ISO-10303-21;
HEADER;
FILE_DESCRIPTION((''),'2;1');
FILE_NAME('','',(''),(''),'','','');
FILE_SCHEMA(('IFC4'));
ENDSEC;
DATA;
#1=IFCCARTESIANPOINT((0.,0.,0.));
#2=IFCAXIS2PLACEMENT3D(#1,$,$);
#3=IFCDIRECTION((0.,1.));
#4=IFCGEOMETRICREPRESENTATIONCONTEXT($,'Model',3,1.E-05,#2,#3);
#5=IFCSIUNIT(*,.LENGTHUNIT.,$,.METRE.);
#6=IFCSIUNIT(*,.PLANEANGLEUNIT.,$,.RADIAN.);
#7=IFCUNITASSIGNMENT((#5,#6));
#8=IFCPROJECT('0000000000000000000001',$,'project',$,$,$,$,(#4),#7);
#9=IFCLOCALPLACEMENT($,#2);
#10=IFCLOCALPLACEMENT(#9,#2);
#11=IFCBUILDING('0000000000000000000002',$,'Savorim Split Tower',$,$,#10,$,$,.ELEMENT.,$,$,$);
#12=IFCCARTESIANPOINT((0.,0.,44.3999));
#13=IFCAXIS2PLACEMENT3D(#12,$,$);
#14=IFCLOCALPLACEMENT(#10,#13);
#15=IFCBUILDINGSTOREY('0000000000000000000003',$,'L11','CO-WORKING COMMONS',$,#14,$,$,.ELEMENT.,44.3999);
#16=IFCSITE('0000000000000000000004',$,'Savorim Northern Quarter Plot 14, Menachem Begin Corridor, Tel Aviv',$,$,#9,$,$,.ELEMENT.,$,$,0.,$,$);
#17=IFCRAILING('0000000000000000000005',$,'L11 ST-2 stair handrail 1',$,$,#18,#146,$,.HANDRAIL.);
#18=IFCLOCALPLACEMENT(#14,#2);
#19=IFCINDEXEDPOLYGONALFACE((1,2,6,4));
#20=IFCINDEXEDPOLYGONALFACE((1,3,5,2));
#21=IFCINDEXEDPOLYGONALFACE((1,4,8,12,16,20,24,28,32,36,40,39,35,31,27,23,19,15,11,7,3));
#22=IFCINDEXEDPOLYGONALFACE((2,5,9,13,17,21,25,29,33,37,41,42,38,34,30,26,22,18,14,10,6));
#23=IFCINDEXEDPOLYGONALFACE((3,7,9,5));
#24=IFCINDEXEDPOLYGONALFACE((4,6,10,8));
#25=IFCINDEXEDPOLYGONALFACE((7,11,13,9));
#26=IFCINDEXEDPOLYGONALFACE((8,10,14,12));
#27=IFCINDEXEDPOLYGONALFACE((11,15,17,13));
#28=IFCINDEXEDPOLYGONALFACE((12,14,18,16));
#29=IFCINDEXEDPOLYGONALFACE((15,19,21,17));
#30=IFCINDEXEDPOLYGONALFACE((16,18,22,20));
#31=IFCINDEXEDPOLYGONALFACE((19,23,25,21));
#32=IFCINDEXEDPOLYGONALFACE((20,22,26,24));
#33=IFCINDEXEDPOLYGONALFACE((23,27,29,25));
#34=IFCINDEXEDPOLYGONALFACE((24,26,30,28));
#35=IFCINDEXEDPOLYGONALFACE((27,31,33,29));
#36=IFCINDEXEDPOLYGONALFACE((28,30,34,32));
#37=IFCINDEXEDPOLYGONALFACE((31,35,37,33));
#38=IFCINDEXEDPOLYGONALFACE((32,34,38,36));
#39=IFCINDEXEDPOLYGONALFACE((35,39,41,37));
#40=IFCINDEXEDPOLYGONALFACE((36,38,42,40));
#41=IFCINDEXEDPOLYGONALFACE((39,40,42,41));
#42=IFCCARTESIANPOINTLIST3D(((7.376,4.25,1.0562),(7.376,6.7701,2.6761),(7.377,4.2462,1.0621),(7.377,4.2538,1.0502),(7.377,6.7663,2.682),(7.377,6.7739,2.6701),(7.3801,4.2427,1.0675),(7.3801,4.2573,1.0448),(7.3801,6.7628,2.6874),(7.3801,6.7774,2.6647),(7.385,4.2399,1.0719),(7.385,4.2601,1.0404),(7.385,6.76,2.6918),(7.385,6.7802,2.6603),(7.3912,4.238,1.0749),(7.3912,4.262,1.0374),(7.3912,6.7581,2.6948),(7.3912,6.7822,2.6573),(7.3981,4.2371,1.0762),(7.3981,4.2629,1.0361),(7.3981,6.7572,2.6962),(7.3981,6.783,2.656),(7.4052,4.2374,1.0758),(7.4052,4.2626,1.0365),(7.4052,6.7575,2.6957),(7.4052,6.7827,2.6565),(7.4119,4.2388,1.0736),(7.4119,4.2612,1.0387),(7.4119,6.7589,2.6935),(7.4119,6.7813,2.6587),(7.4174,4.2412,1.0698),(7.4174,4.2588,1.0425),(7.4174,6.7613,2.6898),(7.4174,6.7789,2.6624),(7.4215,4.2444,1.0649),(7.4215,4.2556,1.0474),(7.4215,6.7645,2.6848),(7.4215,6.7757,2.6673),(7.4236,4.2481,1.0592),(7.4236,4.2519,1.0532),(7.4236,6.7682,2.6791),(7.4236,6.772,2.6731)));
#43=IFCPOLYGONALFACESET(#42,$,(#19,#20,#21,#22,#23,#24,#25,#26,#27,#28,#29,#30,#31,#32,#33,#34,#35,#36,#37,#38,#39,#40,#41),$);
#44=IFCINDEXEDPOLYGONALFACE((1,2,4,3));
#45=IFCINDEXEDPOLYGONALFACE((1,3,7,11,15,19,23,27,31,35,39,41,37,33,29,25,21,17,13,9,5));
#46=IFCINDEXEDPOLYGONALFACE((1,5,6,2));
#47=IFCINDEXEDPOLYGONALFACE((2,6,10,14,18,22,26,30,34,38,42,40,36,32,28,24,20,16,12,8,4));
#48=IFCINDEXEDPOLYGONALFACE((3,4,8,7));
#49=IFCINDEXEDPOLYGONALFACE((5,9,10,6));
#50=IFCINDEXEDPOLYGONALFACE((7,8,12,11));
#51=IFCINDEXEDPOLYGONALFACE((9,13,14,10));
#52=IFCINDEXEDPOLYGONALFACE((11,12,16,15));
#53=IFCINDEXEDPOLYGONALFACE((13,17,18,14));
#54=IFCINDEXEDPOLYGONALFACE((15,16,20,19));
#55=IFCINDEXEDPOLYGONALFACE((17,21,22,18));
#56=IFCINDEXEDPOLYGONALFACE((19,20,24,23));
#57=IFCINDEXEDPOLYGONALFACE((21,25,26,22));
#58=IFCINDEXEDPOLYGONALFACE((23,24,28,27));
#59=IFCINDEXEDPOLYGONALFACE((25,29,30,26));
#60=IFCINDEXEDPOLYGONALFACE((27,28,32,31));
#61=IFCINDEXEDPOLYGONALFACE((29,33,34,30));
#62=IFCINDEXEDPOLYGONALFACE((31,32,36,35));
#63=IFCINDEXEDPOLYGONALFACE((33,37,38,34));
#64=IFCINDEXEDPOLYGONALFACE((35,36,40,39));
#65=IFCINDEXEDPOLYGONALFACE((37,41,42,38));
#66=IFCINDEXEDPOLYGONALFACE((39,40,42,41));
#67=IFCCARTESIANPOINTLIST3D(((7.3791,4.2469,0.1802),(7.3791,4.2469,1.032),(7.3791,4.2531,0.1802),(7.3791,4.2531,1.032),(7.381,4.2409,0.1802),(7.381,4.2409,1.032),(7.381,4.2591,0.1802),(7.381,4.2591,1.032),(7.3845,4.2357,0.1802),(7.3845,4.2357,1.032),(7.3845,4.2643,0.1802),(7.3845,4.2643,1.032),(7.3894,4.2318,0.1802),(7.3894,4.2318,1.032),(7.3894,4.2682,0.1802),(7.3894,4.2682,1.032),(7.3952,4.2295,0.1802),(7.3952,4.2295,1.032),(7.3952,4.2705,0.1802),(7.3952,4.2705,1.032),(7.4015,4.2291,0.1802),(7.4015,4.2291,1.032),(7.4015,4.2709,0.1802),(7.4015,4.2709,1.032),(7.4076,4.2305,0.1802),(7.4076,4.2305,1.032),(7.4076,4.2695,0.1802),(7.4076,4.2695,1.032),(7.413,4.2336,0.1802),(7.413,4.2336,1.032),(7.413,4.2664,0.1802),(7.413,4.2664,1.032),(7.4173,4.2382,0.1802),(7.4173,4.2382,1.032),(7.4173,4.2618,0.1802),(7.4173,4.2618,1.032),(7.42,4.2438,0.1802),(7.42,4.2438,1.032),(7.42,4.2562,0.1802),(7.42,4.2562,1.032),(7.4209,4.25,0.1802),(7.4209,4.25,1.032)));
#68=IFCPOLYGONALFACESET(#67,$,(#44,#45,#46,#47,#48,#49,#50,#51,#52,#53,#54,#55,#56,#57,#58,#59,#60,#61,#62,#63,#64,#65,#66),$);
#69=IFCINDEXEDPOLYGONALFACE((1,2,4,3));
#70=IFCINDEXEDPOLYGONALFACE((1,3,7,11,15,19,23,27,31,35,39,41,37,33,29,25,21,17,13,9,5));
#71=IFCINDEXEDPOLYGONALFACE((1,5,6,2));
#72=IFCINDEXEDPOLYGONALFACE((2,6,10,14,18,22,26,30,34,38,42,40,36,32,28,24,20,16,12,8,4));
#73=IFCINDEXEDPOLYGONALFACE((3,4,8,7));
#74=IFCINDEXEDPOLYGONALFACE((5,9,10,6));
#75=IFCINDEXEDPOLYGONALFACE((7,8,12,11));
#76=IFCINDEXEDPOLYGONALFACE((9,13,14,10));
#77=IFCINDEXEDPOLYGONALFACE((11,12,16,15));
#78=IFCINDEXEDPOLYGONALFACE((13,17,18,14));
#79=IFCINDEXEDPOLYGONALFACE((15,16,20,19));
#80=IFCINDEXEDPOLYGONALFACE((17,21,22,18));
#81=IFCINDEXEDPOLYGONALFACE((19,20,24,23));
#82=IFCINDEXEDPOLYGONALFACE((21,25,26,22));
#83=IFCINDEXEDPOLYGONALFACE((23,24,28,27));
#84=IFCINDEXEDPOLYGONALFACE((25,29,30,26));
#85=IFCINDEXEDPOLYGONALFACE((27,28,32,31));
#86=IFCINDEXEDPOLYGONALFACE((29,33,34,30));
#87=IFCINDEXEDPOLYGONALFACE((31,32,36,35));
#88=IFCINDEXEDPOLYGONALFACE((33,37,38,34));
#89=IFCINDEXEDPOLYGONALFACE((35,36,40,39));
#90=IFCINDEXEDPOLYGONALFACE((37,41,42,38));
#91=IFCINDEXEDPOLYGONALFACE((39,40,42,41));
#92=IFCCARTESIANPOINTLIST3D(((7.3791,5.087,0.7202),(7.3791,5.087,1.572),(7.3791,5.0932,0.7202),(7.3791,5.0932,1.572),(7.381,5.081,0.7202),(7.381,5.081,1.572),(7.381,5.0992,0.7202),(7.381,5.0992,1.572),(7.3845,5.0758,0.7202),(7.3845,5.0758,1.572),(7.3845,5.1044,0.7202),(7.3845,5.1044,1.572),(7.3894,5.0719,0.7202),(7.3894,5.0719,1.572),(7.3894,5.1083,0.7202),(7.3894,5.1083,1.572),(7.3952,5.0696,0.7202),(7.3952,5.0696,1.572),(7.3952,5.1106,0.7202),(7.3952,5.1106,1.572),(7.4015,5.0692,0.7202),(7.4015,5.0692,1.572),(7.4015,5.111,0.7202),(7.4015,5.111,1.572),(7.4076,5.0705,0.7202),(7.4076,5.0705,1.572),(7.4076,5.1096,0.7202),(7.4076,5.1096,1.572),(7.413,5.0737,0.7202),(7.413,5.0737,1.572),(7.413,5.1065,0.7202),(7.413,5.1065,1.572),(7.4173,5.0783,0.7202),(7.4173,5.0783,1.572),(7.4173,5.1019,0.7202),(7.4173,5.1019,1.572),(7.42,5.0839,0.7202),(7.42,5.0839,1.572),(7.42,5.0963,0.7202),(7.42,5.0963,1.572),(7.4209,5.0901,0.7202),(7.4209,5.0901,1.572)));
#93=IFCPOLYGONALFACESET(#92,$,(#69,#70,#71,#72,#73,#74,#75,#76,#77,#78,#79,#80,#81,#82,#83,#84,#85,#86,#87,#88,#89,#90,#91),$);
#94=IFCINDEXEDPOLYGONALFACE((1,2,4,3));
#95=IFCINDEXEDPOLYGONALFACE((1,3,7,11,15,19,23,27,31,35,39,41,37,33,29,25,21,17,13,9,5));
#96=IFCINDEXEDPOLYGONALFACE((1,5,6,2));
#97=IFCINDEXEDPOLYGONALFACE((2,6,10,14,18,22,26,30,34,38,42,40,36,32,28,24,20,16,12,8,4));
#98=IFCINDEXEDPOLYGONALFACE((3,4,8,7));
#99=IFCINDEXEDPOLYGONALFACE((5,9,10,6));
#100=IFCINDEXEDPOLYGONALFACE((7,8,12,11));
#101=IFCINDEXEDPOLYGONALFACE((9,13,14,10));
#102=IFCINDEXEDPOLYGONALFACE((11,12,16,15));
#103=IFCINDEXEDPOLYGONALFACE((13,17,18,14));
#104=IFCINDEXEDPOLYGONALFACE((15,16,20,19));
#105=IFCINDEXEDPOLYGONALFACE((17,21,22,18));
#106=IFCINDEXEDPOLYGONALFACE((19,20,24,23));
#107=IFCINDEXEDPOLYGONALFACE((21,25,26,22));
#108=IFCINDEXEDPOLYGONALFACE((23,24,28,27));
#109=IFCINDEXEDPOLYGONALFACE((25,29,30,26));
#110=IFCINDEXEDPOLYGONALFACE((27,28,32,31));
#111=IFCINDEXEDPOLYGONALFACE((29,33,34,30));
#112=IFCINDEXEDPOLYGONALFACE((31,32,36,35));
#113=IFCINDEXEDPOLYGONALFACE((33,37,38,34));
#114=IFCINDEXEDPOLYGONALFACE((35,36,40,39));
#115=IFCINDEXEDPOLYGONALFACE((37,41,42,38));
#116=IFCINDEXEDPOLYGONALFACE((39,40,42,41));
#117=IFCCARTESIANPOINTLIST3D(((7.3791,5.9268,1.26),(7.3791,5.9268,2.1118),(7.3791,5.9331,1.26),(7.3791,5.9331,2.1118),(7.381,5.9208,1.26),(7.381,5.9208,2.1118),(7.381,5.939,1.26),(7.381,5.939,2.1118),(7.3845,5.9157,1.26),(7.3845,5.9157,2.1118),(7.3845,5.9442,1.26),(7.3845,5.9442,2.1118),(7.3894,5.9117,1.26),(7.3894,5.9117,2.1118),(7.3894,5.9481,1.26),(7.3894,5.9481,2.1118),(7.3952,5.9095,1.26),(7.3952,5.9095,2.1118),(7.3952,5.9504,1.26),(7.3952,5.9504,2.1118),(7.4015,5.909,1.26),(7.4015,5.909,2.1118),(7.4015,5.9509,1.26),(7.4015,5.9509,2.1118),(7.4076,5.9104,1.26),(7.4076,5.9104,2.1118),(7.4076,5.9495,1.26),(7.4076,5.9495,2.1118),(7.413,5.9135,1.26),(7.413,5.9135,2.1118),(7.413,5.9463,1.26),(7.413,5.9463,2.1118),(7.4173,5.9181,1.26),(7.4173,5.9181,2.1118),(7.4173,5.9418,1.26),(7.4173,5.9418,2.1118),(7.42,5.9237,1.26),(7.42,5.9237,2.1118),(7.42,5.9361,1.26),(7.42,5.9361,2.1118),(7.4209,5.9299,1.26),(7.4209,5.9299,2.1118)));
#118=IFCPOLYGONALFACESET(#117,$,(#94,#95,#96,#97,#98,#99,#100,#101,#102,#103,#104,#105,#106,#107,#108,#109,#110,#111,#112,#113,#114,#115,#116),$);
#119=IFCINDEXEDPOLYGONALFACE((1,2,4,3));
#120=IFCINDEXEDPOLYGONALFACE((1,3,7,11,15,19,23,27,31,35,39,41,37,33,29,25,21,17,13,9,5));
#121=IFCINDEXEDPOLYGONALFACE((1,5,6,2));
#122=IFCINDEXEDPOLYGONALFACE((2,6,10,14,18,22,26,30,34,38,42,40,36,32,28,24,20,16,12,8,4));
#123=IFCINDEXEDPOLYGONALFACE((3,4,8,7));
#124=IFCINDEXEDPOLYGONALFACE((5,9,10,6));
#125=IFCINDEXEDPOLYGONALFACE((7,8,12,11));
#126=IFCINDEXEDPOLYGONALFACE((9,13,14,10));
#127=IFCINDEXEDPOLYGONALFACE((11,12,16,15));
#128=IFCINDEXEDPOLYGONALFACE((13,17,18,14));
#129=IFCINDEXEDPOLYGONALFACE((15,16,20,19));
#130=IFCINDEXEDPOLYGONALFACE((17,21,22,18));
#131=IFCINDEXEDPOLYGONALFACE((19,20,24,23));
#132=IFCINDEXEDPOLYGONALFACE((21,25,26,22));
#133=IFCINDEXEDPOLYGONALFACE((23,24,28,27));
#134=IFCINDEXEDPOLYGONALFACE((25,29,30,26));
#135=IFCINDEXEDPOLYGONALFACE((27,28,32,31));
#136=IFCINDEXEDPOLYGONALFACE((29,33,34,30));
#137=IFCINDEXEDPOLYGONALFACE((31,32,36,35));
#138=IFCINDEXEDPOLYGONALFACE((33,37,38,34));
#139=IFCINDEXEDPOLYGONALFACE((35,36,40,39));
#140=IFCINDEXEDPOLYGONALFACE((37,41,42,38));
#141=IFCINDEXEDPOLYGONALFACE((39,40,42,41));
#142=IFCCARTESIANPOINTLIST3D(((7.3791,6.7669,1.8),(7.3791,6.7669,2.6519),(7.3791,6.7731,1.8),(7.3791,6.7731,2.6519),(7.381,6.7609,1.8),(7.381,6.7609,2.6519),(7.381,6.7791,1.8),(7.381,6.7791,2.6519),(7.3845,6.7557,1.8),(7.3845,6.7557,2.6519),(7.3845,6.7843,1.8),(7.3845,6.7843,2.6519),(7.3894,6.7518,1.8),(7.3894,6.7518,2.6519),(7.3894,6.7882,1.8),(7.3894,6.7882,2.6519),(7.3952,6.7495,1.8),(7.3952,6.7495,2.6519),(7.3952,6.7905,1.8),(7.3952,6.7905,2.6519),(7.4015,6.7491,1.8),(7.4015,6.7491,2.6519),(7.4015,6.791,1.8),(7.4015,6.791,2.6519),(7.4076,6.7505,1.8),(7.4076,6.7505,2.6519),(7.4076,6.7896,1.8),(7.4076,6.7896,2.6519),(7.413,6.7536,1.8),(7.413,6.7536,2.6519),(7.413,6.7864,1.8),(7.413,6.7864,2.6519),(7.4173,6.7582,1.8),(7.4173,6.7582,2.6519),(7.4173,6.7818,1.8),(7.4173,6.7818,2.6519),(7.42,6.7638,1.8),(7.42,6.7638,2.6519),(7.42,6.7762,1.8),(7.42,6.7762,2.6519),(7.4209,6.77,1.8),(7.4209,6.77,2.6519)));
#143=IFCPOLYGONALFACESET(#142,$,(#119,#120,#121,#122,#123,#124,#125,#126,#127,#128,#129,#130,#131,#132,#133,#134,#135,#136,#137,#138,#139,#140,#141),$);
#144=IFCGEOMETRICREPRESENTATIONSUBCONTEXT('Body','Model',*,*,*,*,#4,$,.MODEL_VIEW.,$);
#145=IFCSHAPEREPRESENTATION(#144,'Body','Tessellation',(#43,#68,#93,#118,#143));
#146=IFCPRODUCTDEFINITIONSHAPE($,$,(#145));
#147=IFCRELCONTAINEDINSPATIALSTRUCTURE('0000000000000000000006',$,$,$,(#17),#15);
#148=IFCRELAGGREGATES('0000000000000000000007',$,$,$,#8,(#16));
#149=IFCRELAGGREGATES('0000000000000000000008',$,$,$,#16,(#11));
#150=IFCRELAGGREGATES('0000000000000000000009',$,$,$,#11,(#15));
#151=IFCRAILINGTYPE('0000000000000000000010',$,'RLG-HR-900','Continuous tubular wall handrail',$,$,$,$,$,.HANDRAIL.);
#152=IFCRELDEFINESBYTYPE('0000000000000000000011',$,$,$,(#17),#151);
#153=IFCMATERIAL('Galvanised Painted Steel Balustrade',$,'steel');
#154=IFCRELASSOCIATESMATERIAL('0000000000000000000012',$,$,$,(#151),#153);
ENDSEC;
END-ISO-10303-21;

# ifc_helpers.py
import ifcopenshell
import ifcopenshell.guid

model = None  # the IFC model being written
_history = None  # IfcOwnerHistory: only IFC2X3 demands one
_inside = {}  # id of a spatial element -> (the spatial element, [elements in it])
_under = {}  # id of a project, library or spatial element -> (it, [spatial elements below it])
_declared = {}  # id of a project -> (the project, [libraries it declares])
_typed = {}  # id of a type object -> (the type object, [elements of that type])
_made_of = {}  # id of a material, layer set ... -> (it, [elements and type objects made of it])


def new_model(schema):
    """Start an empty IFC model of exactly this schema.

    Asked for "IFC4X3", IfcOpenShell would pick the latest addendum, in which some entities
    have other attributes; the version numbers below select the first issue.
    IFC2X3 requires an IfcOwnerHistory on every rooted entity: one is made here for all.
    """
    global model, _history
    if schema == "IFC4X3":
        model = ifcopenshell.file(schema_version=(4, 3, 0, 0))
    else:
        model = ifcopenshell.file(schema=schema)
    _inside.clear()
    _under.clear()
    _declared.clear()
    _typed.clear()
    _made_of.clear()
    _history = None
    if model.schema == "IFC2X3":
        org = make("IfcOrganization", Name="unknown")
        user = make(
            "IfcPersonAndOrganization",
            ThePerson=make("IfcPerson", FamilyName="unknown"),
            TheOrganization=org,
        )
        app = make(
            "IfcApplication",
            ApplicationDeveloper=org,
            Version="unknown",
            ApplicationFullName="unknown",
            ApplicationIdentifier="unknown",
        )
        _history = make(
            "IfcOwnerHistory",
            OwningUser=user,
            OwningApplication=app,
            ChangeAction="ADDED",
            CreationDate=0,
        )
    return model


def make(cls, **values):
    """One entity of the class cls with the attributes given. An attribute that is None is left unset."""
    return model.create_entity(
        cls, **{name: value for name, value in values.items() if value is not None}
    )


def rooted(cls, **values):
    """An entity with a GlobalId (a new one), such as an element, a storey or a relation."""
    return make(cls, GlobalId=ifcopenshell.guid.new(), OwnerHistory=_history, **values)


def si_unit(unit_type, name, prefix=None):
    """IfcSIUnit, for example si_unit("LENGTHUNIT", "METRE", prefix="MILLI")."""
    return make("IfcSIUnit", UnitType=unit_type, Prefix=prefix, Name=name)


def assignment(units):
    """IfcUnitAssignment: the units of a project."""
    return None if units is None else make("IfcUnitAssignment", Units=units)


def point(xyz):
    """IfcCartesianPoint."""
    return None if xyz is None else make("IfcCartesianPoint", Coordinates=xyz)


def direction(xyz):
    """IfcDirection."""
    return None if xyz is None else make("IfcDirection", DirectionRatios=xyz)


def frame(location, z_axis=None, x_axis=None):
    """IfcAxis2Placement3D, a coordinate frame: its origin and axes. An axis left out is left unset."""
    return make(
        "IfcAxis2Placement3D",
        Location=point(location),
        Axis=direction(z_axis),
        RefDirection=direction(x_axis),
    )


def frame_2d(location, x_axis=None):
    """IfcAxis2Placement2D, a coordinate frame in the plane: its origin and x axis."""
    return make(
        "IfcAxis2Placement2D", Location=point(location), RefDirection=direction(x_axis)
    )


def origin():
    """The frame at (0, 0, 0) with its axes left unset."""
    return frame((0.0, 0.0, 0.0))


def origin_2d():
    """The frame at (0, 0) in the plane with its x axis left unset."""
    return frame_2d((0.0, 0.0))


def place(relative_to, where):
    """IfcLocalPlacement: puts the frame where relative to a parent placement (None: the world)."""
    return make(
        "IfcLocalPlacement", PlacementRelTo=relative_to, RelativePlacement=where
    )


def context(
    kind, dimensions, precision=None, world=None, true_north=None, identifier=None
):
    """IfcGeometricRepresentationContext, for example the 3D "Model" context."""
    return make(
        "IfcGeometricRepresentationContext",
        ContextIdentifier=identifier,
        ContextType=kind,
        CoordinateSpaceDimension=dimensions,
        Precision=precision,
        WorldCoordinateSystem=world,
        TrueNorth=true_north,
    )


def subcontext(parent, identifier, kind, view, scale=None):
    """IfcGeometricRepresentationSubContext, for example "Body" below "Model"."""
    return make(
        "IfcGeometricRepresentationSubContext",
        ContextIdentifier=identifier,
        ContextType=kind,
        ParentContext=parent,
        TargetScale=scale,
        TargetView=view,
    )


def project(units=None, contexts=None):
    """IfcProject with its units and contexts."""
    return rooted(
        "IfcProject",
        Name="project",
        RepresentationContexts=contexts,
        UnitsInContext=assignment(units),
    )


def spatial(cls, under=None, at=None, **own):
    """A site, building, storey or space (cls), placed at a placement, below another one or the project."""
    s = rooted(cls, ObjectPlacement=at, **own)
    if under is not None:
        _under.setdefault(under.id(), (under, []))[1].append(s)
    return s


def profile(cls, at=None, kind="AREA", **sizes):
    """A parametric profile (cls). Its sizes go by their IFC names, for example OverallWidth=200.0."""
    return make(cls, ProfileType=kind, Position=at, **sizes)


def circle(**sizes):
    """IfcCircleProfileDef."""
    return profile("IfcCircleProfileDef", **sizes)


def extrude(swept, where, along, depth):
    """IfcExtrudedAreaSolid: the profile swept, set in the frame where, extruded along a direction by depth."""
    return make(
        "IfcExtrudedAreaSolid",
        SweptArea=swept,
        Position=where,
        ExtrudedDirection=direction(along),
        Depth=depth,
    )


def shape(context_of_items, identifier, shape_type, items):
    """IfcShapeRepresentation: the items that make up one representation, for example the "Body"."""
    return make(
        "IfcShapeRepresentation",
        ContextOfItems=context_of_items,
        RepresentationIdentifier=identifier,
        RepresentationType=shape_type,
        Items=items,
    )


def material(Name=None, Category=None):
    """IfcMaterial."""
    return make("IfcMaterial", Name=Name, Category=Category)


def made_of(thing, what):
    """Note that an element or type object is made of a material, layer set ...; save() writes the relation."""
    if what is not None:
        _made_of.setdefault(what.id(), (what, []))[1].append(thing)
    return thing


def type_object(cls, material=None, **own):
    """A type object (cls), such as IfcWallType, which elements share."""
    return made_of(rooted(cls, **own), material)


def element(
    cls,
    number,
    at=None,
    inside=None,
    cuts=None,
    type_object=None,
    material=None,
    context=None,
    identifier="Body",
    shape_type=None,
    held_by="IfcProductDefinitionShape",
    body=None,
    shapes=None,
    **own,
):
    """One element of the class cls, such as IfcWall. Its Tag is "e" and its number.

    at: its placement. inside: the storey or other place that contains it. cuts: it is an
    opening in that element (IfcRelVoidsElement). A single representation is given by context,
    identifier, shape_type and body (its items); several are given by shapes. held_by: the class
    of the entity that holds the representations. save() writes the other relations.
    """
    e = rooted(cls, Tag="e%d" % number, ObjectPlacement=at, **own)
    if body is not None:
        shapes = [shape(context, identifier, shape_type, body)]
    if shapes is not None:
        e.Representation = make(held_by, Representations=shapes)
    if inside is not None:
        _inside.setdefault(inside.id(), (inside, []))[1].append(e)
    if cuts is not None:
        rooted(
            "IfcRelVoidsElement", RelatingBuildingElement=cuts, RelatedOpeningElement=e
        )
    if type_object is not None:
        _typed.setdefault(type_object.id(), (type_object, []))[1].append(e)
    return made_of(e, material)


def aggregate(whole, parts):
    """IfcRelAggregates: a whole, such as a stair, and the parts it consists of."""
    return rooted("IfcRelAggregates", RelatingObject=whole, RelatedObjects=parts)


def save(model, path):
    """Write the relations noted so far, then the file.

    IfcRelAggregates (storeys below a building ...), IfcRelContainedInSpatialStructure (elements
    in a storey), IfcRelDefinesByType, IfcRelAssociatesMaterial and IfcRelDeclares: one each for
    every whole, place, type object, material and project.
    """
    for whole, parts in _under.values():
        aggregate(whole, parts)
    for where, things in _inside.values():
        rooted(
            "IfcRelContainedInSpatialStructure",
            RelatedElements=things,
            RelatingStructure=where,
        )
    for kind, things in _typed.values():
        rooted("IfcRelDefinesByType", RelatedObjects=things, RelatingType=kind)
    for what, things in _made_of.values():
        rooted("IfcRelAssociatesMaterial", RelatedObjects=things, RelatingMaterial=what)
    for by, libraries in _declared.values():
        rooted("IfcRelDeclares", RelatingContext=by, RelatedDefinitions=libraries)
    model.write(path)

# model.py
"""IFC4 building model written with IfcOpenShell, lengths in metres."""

from ifc_helpers import new_model, si_unit, direction, frame, origin, origin_2d, place, context, subcontext, project, spatial, circle, extrude, material, type_object, element, save


model = new_model("IFC4")

# Units and contexts
model_context = context("Model", 3, precision=1e-05, world=origin(), true_north=direction((0.0, 1.0)))
body_context = subcontext(model_context, "Body", "Model", "MODEL_VIEW")
ifc_project = project(units=[si_unit("LENGTHUNIT", "METRE"), si_unit("PLANEANGLEUNIT", "RADIAN")], contexts=[model_context])

# Site, building, storey
site_placement = place(None, origin())
site = spatial("IfcSite", under=ifc_project, at=site_placement, Name="Savorim Northern Quarter Plot 14, Menachem Begin Corridor, Tel Aviv", CompositionType="ELEMENT", RefElevation=0.0)
building_placement = place(site_placement, origin())
building = spatial("IfcBuilding", under=site, at=building_placement, Name="Savorim Split Tower", CompositionType="ELEMENT")
storey_placement = place(building_placement, frame((0.0, 0.0, 44.3999)))
storey = spatial("IfcBuildingStorey", under=building, at=storey_placement, Name="L11", Description="CO-WORKING COMMONS", CompositionType="ELEMENT", Elevation=44.3999)

# Railing
ifc_material_1 = material(Name="Galvanised Painted Steel Balustrade", Category="steel")
railing_type_1 = type_object("IfcRailingType", Name="RLG-HR-900", Description="Continuous tubular wall handrail", PredefinedType="HANDRAIL", material=ifc_material_1)
railing_1_placement = place(storey_placement, frame((7.3999, 4.25, 0.1802)))
element("IfcRailing", 1, at=railing_1_placement, inside=storey, type_object=railing_type_1, Name="L11 ST-2 stair handrail 1", PredefinedType="HANDRAIL", context=body_context, shape_type="SweptSolid", body=[
    extrude(circle(Radius=0.0239, at=origin_2d()), frame((0.0, 0.0, 0.876), z_axis=(0.0, 0.8412, 0.540725), x_axis=(-1.0, 0.0, 0.0)), (0.0, 0.0, 1.0), 2.9958),
    extrude(circle(Radius=0.021, at=origin_2d()), origin(), (0.0, 0.0, 1.0), 0.8518),
    extrude(circle(Radius=0.021, at=origin_2d()), frame((0.0, 0.8401, 0.54)), (0.0, 0.0, 1.0), 0.8518),
    extrude(circle(Radius=0.021, at=origin_2d()), frame((0.0, 1.6799, 1.0798)), (0.0, 0.0, 1.0), 0.8518),
    extrude(circle(Radius=0.021, at=origin_2d()), frame((0.0, 2.52, 1.6199)), (0.0, 0.0, 1.0), 0.8518),
])

save(model, "model.ifc")
